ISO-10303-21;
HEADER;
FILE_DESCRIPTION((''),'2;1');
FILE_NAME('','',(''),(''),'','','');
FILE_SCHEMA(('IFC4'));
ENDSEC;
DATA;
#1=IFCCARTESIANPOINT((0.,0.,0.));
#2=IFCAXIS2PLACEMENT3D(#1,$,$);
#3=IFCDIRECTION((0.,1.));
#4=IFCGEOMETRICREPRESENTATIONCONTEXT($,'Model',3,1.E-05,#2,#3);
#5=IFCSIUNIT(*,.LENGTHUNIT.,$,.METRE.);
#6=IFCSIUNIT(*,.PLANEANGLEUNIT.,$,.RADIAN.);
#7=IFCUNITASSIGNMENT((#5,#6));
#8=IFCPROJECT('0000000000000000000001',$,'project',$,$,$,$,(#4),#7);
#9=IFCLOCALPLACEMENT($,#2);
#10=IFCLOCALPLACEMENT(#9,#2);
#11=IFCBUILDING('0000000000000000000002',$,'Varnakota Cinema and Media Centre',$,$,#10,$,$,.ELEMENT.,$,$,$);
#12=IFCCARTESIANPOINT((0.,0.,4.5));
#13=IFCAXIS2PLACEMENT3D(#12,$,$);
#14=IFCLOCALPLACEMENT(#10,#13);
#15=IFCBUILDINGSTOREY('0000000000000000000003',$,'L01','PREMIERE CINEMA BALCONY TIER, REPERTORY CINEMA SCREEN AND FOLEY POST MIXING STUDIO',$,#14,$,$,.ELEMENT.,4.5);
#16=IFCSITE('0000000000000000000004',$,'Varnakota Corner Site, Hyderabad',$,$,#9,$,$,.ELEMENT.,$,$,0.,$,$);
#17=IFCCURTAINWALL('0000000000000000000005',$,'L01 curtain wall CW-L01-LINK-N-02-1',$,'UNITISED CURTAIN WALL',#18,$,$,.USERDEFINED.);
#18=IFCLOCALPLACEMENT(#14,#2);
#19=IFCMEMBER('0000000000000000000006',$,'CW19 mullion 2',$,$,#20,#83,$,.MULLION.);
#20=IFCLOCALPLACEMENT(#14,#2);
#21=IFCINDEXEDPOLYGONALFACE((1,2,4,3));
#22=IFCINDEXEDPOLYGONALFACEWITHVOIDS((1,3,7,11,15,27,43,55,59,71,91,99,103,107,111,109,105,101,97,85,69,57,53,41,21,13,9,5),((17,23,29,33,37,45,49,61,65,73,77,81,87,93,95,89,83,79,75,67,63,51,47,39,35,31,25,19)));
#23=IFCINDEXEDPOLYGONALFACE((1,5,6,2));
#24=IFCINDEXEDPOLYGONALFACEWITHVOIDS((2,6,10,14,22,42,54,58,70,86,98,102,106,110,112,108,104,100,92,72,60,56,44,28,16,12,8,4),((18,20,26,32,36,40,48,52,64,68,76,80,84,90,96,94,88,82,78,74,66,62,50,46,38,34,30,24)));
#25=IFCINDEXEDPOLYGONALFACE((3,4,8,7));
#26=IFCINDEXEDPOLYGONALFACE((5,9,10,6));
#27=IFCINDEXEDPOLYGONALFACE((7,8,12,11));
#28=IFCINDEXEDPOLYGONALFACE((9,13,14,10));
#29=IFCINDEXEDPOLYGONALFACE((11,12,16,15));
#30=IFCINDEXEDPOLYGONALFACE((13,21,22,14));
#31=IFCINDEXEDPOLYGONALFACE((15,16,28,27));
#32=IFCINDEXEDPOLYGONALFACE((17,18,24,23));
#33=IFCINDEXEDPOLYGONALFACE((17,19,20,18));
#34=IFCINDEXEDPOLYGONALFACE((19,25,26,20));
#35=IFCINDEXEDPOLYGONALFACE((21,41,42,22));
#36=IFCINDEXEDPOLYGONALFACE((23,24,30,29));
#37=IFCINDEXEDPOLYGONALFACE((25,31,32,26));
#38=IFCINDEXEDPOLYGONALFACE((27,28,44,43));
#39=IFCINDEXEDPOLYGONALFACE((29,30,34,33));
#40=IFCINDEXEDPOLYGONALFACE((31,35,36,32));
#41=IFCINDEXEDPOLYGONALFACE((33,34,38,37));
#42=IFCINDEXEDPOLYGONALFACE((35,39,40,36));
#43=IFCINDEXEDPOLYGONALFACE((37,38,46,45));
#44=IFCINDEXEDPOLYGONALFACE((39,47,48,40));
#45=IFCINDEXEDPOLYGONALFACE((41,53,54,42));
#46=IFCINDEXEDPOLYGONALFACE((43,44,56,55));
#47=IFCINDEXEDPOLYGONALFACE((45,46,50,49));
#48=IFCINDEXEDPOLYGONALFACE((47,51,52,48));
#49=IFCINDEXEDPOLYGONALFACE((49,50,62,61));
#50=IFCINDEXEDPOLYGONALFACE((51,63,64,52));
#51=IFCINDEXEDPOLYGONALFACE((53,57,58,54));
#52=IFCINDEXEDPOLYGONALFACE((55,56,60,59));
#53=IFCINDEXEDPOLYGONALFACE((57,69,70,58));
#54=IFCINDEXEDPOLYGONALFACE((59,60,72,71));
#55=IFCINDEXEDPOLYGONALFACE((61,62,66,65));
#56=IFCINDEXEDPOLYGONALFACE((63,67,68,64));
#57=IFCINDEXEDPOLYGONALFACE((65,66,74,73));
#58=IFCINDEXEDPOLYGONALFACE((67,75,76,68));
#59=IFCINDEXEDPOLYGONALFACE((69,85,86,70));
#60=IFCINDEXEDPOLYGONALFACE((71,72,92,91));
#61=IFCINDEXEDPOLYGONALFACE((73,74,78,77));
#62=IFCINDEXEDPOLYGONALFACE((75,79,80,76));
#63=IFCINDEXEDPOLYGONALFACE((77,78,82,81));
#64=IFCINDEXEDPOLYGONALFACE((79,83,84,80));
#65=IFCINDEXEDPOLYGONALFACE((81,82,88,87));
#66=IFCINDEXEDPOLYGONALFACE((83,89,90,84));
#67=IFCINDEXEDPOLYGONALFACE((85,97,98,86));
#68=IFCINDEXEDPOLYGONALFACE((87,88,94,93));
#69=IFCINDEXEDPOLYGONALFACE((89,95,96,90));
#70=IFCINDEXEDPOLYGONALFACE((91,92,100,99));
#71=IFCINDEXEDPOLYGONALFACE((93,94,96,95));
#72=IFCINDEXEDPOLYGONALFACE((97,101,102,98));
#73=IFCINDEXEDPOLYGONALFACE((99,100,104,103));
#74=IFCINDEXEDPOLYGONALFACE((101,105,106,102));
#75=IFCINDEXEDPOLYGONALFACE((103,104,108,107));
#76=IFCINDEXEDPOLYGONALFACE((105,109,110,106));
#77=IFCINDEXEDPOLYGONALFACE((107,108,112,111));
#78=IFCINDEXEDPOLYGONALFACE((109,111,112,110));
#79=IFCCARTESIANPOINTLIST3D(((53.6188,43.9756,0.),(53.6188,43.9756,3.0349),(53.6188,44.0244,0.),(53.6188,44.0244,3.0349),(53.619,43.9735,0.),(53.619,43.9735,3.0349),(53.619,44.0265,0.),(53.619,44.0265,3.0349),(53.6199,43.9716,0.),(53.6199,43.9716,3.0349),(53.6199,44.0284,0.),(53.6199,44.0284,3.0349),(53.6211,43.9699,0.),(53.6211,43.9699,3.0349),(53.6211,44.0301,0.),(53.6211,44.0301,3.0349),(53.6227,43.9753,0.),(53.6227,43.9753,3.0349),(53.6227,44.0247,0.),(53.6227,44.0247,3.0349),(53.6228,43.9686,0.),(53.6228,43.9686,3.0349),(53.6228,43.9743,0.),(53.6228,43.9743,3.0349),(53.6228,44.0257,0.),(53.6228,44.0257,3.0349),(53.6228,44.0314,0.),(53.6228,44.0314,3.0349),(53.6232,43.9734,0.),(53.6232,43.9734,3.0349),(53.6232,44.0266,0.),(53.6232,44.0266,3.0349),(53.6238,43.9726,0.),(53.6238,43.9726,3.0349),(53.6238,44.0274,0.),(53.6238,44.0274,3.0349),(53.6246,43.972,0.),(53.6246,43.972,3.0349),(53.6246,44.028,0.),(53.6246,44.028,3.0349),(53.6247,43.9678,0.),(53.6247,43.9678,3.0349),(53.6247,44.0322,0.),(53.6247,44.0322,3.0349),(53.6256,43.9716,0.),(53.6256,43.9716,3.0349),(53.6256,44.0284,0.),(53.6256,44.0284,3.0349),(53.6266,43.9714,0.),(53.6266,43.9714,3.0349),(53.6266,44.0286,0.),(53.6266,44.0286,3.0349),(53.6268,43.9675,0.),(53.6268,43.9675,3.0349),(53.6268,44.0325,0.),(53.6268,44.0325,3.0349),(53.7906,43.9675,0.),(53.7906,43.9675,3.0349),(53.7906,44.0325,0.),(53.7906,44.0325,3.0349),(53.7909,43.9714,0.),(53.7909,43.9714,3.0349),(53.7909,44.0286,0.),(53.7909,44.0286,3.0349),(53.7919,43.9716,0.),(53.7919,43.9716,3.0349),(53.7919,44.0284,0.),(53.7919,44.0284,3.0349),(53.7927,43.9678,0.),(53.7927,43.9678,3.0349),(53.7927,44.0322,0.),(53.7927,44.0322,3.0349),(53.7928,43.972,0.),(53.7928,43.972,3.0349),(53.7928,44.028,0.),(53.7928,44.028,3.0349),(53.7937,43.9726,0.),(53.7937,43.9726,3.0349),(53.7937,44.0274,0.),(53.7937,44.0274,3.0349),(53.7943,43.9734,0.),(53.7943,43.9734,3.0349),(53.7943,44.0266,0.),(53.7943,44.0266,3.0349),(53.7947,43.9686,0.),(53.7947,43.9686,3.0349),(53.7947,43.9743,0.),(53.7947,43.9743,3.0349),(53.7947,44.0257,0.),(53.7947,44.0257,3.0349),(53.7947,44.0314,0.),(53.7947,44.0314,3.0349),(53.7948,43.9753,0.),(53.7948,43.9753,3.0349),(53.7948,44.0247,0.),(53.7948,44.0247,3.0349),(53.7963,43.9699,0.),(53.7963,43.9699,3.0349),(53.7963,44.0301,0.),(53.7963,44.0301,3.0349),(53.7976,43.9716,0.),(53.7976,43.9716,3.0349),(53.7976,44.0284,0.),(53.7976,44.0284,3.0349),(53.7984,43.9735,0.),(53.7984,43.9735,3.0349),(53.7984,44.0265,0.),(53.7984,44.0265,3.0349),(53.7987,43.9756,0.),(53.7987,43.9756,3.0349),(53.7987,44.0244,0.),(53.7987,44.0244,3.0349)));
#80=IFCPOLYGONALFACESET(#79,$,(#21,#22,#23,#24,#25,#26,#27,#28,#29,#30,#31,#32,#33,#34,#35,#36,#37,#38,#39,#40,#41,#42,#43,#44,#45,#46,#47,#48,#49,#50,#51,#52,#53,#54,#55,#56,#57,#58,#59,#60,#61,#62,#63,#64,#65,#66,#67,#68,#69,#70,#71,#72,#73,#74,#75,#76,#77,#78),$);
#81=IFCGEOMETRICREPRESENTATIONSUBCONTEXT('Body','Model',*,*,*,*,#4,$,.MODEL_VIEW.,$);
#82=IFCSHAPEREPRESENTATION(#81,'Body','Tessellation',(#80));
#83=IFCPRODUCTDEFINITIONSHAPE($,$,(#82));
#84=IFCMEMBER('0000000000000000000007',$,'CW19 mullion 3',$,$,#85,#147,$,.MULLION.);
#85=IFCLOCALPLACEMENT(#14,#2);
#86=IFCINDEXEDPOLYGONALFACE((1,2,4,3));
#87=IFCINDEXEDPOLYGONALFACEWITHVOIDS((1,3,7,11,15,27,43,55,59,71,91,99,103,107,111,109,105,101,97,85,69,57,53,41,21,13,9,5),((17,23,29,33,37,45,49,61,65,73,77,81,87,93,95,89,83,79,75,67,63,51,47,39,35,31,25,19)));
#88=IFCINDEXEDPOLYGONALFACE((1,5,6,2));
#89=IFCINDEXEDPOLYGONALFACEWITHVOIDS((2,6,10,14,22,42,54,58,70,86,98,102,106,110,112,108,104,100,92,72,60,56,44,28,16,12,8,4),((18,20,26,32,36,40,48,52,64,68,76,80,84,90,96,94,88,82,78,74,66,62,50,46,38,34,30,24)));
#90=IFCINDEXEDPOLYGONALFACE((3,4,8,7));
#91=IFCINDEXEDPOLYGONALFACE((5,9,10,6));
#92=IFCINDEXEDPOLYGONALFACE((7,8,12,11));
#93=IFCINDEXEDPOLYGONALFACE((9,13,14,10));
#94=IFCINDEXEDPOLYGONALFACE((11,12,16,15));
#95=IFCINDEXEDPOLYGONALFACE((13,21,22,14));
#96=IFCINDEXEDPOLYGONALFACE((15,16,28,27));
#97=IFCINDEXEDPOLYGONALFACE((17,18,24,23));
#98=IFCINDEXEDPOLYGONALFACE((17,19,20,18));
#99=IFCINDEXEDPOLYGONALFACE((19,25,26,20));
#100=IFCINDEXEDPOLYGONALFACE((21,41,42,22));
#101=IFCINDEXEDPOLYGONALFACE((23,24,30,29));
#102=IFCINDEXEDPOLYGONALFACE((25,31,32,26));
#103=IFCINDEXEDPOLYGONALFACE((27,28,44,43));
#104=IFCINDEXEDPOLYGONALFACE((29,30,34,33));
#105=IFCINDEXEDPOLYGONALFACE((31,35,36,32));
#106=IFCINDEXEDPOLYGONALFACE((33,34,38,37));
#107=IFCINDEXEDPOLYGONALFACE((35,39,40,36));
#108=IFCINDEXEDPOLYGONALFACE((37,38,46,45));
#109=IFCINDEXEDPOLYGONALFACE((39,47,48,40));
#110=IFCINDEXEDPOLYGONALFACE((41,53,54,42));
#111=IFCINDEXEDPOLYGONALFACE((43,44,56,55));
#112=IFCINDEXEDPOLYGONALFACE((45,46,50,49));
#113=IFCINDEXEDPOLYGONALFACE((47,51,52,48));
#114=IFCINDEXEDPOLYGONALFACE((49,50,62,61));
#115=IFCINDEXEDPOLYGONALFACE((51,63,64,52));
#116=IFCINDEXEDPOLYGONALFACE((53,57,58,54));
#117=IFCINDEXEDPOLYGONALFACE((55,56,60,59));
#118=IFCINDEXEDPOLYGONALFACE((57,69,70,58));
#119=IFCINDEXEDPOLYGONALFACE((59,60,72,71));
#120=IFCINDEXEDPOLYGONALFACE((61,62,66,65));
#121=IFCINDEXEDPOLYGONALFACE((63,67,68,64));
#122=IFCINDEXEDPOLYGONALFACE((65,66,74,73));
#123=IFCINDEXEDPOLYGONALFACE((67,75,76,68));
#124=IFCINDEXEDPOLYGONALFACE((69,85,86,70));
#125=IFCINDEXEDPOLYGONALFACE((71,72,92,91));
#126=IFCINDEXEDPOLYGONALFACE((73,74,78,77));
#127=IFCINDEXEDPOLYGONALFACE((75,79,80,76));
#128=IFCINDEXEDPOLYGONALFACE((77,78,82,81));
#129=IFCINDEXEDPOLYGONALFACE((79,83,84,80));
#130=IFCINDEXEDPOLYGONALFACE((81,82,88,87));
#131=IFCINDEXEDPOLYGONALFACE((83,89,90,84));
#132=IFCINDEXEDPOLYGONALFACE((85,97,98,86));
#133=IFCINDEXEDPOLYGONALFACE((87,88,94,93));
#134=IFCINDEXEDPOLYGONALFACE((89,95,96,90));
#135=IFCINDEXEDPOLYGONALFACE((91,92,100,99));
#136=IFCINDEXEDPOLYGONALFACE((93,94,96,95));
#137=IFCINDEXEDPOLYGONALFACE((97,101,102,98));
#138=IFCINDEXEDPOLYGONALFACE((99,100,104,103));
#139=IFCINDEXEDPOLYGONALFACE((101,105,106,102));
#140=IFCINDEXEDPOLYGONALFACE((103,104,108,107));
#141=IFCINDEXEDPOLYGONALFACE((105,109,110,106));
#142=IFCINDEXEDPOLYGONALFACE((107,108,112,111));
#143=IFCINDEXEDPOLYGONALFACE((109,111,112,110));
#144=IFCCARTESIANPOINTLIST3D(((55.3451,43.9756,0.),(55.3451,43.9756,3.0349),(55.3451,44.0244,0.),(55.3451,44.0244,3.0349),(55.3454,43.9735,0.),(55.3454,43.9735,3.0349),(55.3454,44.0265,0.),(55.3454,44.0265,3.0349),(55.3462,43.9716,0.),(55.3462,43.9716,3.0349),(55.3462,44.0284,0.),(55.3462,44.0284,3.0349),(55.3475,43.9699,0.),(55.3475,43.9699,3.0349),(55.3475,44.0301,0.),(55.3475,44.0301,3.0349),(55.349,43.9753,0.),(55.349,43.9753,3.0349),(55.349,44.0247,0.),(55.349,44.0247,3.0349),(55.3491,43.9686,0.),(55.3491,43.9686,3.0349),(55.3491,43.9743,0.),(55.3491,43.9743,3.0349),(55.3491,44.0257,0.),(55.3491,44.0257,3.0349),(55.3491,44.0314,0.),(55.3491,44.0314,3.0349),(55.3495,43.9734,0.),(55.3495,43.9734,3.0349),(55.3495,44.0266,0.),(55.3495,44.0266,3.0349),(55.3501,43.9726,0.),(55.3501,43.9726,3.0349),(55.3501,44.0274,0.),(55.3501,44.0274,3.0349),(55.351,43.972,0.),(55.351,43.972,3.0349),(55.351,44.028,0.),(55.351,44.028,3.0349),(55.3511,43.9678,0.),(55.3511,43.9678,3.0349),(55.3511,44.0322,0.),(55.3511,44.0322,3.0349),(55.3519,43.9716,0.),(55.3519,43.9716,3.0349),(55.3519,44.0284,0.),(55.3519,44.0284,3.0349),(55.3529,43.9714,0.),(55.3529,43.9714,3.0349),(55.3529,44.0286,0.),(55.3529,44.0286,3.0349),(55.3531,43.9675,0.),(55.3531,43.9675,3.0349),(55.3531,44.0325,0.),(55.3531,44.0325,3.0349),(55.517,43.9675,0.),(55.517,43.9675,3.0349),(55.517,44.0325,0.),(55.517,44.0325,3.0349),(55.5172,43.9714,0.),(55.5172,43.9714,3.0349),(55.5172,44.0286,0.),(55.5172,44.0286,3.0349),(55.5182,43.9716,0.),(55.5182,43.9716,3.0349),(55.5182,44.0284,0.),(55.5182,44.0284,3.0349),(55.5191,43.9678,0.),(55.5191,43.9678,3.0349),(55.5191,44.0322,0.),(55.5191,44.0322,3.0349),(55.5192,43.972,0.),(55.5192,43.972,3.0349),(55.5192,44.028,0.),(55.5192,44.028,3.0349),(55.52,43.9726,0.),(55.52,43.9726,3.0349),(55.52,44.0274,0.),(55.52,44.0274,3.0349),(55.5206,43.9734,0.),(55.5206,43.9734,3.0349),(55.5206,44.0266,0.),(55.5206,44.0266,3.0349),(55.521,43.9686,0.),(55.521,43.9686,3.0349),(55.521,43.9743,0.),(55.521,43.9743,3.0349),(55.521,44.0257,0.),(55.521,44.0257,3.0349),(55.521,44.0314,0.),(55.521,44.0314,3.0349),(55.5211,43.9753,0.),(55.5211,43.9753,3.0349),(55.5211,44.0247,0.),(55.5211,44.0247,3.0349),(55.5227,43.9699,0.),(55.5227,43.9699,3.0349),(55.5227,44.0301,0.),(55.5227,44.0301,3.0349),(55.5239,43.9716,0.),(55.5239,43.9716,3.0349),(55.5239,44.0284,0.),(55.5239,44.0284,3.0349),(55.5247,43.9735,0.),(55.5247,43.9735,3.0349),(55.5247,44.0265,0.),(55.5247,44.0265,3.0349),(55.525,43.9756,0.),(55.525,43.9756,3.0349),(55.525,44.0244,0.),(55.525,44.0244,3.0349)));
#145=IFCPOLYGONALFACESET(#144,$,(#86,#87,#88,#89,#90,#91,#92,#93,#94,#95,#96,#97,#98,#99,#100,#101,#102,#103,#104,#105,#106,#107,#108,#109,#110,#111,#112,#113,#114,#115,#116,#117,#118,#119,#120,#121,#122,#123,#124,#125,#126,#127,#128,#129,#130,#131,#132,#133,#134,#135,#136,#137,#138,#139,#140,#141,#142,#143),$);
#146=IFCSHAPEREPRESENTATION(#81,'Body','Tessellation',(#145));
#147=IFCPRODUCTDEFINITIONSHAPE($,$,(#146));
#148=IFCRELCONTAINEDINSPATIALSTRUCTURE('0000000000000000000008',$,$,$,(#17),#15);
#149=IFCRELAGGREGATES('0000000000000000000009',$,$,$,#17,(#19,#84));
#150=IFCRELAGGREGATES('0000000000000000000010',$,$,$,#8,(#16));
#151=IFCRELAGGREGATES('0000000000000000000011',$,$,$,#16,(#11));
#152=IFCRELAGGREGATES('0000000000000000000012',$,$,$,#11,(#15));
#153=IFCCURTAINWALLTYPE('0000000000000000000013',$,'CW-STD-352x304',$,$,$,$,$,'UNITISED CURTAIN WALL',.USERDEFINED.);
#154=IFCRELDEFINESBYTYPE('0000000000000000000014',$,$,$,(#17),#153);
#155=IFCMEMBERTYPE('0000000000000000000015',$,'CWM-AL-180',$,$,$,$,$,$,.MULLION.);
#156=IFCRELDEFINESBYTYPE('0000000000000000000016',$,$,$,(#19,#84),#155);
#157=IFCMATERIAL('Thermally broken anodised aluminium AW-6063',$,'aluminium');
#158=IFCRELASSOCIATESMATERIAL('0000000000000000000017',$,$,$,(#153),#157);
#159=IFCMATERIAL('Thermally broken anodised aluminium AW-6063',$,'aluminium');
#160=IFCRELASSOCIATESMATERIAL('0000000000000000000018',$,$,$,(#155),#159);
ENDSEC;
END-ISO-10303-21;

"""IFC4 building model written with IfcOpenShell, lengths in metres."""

from ifc_helpers import new_model, si_unit, direction, frame, origin, origin_2d, place, context, subcontext, project, spatial, hollow_rectangle, extrude, material, material_profile, profile_set, type_object, element, aggregate, save


model = new_model("IFC4")

# Units and contexts
model_context = context("Model", 3, precision=1e-05, world=origin(), true_north=direction((0.0, 1.0)))
body_context = subcontext(model_context, "Body", "Model", "MODEL_VIEW")
ifc_project = project(units=[si_unit("LENGTHUNIT", "METRE"), si_unit("PLANEANGLEUNIT", "RADIAN")], contexts=[model_context])

# Site, building, storey
site_placement = place(None, origin())
site = spatial("IfcSite", under=ifc_project, at=site_placement, Name="Varnakota Corner Site, Hyderabad", CompositionType="ELEMENT", RefElevation=0.0)
building_placement = place(site_placement, origin())
building = spatial("IfcBuilding", under=site, at=building_placement, Name="Varnakota Cinema and Media Centre", CompositionType="ELEMENT")
storey_placement = place(building_placement, frame((0.0, 0.0, 4.5)))
storey = spatial("IfcBuildingStorey", under=building, at=storey_placement, Name="L01", Description="PREMIERE CINEMA BALCONY TIER, REPERTORY CINEMA SCREEN AND FOLEY POST MIXING STUDIO", CompositionType="ELEMENT", Elevation=4.5)

# Curtain wall, members
ifc_material_1 = material(Name="Thermally broken anodised aluminium AW-6063", Category="aluminium")
curtain_wall_type = type_object("IfcCurtainWallType", Name="CW-STD-352x304", ElementType="UNITISED CURTAIN WALL", PredefinedType="USERDEFINED", material=ifc_material_1)
curtain_wall_1_placement = place(storey_placement, origin())
curtain_wall_1 = element("IfcCurtainWall", 1, at=curtain_wall_1_placement, inside=storey, type_object=curtain_wall_type, Name="L01 curtain wall CW-L01-LINK-N-02-1", ObjectType="UNITISED CURTAIN WALL", PredefinedType="USERDEFINED")
ifc_material_2 = material(Name="Thermally broken anodised aluminium AW-6063", Category="aluminium")
ifc_material_profile_1 = material_profile(ifc_material_2, hollow_rectangle(XDim=0.0649, YDim=0.1799, WallThickness=0.0039, InnerFilletRadius=0.0039, OuterFilletRadius=0.0081, at=origin_2d()), Name="AL-MULLION 180x65x4")
ifc_profile_set_1 = profile_set([ifc_material_profile_1], Name="Thermally broken anodised aluminium AW-6063")
member_type_1 = type_object("IfcMemberType", Name="CWM-AL-180", PredefinedType="MULLION", material=ifc_profile_set_1)
member_1_placement = place(storey_placement, frame((53.7087, 44.0, 0.0), z_axis=(0.0, 0.0, 1.0), x_axis=(0.0, 1.0, 0.0)))
member_1 = element("IfcMember", 2, at=member_1_placement, type_object=member_type_1, Name="CW19 mullion 2", PredefinedType="MULLION", context=body_context, shape_type="SweptSolid", body=[
    extrude(hollow_rectangle(XDim=0.0649, YDim=0.1799, WallThickness=0.0039, InnerFilletRadius=0.0039, OuterFilletRadius=0.0081, at=origin_2d()), origin(), (0.0, 0.0, 1.0), 3.0349),
])
member_2_placement = place(storey_placement, frame((55.4351, 44.0, 0.0), z_axis=(0.0, 0.0, 1.0), x_axis=(0.0, 1.0, 0.0)))
member_2 = element("IfcMember", 3, at=member_2_placement, type_object=member_type_1, Name="CW19 mullion 3", PredefinedType="MULLION", context=body_context, shape_type="SweptSolid", body=[
    extrude(hollow_rectangle(XDim=0.0649, YDim=0.1799, WallThickness=0.0039, InnerFilletRadius=0.0039, OuterFilletRadius=0.0081, at=origin_2d()), origin(), (0.0, 0.0, 1.0), 3.0349),
])

aggregate(curtain_wall_1, [member_1, member_2])

save(model, "model.ifc")
